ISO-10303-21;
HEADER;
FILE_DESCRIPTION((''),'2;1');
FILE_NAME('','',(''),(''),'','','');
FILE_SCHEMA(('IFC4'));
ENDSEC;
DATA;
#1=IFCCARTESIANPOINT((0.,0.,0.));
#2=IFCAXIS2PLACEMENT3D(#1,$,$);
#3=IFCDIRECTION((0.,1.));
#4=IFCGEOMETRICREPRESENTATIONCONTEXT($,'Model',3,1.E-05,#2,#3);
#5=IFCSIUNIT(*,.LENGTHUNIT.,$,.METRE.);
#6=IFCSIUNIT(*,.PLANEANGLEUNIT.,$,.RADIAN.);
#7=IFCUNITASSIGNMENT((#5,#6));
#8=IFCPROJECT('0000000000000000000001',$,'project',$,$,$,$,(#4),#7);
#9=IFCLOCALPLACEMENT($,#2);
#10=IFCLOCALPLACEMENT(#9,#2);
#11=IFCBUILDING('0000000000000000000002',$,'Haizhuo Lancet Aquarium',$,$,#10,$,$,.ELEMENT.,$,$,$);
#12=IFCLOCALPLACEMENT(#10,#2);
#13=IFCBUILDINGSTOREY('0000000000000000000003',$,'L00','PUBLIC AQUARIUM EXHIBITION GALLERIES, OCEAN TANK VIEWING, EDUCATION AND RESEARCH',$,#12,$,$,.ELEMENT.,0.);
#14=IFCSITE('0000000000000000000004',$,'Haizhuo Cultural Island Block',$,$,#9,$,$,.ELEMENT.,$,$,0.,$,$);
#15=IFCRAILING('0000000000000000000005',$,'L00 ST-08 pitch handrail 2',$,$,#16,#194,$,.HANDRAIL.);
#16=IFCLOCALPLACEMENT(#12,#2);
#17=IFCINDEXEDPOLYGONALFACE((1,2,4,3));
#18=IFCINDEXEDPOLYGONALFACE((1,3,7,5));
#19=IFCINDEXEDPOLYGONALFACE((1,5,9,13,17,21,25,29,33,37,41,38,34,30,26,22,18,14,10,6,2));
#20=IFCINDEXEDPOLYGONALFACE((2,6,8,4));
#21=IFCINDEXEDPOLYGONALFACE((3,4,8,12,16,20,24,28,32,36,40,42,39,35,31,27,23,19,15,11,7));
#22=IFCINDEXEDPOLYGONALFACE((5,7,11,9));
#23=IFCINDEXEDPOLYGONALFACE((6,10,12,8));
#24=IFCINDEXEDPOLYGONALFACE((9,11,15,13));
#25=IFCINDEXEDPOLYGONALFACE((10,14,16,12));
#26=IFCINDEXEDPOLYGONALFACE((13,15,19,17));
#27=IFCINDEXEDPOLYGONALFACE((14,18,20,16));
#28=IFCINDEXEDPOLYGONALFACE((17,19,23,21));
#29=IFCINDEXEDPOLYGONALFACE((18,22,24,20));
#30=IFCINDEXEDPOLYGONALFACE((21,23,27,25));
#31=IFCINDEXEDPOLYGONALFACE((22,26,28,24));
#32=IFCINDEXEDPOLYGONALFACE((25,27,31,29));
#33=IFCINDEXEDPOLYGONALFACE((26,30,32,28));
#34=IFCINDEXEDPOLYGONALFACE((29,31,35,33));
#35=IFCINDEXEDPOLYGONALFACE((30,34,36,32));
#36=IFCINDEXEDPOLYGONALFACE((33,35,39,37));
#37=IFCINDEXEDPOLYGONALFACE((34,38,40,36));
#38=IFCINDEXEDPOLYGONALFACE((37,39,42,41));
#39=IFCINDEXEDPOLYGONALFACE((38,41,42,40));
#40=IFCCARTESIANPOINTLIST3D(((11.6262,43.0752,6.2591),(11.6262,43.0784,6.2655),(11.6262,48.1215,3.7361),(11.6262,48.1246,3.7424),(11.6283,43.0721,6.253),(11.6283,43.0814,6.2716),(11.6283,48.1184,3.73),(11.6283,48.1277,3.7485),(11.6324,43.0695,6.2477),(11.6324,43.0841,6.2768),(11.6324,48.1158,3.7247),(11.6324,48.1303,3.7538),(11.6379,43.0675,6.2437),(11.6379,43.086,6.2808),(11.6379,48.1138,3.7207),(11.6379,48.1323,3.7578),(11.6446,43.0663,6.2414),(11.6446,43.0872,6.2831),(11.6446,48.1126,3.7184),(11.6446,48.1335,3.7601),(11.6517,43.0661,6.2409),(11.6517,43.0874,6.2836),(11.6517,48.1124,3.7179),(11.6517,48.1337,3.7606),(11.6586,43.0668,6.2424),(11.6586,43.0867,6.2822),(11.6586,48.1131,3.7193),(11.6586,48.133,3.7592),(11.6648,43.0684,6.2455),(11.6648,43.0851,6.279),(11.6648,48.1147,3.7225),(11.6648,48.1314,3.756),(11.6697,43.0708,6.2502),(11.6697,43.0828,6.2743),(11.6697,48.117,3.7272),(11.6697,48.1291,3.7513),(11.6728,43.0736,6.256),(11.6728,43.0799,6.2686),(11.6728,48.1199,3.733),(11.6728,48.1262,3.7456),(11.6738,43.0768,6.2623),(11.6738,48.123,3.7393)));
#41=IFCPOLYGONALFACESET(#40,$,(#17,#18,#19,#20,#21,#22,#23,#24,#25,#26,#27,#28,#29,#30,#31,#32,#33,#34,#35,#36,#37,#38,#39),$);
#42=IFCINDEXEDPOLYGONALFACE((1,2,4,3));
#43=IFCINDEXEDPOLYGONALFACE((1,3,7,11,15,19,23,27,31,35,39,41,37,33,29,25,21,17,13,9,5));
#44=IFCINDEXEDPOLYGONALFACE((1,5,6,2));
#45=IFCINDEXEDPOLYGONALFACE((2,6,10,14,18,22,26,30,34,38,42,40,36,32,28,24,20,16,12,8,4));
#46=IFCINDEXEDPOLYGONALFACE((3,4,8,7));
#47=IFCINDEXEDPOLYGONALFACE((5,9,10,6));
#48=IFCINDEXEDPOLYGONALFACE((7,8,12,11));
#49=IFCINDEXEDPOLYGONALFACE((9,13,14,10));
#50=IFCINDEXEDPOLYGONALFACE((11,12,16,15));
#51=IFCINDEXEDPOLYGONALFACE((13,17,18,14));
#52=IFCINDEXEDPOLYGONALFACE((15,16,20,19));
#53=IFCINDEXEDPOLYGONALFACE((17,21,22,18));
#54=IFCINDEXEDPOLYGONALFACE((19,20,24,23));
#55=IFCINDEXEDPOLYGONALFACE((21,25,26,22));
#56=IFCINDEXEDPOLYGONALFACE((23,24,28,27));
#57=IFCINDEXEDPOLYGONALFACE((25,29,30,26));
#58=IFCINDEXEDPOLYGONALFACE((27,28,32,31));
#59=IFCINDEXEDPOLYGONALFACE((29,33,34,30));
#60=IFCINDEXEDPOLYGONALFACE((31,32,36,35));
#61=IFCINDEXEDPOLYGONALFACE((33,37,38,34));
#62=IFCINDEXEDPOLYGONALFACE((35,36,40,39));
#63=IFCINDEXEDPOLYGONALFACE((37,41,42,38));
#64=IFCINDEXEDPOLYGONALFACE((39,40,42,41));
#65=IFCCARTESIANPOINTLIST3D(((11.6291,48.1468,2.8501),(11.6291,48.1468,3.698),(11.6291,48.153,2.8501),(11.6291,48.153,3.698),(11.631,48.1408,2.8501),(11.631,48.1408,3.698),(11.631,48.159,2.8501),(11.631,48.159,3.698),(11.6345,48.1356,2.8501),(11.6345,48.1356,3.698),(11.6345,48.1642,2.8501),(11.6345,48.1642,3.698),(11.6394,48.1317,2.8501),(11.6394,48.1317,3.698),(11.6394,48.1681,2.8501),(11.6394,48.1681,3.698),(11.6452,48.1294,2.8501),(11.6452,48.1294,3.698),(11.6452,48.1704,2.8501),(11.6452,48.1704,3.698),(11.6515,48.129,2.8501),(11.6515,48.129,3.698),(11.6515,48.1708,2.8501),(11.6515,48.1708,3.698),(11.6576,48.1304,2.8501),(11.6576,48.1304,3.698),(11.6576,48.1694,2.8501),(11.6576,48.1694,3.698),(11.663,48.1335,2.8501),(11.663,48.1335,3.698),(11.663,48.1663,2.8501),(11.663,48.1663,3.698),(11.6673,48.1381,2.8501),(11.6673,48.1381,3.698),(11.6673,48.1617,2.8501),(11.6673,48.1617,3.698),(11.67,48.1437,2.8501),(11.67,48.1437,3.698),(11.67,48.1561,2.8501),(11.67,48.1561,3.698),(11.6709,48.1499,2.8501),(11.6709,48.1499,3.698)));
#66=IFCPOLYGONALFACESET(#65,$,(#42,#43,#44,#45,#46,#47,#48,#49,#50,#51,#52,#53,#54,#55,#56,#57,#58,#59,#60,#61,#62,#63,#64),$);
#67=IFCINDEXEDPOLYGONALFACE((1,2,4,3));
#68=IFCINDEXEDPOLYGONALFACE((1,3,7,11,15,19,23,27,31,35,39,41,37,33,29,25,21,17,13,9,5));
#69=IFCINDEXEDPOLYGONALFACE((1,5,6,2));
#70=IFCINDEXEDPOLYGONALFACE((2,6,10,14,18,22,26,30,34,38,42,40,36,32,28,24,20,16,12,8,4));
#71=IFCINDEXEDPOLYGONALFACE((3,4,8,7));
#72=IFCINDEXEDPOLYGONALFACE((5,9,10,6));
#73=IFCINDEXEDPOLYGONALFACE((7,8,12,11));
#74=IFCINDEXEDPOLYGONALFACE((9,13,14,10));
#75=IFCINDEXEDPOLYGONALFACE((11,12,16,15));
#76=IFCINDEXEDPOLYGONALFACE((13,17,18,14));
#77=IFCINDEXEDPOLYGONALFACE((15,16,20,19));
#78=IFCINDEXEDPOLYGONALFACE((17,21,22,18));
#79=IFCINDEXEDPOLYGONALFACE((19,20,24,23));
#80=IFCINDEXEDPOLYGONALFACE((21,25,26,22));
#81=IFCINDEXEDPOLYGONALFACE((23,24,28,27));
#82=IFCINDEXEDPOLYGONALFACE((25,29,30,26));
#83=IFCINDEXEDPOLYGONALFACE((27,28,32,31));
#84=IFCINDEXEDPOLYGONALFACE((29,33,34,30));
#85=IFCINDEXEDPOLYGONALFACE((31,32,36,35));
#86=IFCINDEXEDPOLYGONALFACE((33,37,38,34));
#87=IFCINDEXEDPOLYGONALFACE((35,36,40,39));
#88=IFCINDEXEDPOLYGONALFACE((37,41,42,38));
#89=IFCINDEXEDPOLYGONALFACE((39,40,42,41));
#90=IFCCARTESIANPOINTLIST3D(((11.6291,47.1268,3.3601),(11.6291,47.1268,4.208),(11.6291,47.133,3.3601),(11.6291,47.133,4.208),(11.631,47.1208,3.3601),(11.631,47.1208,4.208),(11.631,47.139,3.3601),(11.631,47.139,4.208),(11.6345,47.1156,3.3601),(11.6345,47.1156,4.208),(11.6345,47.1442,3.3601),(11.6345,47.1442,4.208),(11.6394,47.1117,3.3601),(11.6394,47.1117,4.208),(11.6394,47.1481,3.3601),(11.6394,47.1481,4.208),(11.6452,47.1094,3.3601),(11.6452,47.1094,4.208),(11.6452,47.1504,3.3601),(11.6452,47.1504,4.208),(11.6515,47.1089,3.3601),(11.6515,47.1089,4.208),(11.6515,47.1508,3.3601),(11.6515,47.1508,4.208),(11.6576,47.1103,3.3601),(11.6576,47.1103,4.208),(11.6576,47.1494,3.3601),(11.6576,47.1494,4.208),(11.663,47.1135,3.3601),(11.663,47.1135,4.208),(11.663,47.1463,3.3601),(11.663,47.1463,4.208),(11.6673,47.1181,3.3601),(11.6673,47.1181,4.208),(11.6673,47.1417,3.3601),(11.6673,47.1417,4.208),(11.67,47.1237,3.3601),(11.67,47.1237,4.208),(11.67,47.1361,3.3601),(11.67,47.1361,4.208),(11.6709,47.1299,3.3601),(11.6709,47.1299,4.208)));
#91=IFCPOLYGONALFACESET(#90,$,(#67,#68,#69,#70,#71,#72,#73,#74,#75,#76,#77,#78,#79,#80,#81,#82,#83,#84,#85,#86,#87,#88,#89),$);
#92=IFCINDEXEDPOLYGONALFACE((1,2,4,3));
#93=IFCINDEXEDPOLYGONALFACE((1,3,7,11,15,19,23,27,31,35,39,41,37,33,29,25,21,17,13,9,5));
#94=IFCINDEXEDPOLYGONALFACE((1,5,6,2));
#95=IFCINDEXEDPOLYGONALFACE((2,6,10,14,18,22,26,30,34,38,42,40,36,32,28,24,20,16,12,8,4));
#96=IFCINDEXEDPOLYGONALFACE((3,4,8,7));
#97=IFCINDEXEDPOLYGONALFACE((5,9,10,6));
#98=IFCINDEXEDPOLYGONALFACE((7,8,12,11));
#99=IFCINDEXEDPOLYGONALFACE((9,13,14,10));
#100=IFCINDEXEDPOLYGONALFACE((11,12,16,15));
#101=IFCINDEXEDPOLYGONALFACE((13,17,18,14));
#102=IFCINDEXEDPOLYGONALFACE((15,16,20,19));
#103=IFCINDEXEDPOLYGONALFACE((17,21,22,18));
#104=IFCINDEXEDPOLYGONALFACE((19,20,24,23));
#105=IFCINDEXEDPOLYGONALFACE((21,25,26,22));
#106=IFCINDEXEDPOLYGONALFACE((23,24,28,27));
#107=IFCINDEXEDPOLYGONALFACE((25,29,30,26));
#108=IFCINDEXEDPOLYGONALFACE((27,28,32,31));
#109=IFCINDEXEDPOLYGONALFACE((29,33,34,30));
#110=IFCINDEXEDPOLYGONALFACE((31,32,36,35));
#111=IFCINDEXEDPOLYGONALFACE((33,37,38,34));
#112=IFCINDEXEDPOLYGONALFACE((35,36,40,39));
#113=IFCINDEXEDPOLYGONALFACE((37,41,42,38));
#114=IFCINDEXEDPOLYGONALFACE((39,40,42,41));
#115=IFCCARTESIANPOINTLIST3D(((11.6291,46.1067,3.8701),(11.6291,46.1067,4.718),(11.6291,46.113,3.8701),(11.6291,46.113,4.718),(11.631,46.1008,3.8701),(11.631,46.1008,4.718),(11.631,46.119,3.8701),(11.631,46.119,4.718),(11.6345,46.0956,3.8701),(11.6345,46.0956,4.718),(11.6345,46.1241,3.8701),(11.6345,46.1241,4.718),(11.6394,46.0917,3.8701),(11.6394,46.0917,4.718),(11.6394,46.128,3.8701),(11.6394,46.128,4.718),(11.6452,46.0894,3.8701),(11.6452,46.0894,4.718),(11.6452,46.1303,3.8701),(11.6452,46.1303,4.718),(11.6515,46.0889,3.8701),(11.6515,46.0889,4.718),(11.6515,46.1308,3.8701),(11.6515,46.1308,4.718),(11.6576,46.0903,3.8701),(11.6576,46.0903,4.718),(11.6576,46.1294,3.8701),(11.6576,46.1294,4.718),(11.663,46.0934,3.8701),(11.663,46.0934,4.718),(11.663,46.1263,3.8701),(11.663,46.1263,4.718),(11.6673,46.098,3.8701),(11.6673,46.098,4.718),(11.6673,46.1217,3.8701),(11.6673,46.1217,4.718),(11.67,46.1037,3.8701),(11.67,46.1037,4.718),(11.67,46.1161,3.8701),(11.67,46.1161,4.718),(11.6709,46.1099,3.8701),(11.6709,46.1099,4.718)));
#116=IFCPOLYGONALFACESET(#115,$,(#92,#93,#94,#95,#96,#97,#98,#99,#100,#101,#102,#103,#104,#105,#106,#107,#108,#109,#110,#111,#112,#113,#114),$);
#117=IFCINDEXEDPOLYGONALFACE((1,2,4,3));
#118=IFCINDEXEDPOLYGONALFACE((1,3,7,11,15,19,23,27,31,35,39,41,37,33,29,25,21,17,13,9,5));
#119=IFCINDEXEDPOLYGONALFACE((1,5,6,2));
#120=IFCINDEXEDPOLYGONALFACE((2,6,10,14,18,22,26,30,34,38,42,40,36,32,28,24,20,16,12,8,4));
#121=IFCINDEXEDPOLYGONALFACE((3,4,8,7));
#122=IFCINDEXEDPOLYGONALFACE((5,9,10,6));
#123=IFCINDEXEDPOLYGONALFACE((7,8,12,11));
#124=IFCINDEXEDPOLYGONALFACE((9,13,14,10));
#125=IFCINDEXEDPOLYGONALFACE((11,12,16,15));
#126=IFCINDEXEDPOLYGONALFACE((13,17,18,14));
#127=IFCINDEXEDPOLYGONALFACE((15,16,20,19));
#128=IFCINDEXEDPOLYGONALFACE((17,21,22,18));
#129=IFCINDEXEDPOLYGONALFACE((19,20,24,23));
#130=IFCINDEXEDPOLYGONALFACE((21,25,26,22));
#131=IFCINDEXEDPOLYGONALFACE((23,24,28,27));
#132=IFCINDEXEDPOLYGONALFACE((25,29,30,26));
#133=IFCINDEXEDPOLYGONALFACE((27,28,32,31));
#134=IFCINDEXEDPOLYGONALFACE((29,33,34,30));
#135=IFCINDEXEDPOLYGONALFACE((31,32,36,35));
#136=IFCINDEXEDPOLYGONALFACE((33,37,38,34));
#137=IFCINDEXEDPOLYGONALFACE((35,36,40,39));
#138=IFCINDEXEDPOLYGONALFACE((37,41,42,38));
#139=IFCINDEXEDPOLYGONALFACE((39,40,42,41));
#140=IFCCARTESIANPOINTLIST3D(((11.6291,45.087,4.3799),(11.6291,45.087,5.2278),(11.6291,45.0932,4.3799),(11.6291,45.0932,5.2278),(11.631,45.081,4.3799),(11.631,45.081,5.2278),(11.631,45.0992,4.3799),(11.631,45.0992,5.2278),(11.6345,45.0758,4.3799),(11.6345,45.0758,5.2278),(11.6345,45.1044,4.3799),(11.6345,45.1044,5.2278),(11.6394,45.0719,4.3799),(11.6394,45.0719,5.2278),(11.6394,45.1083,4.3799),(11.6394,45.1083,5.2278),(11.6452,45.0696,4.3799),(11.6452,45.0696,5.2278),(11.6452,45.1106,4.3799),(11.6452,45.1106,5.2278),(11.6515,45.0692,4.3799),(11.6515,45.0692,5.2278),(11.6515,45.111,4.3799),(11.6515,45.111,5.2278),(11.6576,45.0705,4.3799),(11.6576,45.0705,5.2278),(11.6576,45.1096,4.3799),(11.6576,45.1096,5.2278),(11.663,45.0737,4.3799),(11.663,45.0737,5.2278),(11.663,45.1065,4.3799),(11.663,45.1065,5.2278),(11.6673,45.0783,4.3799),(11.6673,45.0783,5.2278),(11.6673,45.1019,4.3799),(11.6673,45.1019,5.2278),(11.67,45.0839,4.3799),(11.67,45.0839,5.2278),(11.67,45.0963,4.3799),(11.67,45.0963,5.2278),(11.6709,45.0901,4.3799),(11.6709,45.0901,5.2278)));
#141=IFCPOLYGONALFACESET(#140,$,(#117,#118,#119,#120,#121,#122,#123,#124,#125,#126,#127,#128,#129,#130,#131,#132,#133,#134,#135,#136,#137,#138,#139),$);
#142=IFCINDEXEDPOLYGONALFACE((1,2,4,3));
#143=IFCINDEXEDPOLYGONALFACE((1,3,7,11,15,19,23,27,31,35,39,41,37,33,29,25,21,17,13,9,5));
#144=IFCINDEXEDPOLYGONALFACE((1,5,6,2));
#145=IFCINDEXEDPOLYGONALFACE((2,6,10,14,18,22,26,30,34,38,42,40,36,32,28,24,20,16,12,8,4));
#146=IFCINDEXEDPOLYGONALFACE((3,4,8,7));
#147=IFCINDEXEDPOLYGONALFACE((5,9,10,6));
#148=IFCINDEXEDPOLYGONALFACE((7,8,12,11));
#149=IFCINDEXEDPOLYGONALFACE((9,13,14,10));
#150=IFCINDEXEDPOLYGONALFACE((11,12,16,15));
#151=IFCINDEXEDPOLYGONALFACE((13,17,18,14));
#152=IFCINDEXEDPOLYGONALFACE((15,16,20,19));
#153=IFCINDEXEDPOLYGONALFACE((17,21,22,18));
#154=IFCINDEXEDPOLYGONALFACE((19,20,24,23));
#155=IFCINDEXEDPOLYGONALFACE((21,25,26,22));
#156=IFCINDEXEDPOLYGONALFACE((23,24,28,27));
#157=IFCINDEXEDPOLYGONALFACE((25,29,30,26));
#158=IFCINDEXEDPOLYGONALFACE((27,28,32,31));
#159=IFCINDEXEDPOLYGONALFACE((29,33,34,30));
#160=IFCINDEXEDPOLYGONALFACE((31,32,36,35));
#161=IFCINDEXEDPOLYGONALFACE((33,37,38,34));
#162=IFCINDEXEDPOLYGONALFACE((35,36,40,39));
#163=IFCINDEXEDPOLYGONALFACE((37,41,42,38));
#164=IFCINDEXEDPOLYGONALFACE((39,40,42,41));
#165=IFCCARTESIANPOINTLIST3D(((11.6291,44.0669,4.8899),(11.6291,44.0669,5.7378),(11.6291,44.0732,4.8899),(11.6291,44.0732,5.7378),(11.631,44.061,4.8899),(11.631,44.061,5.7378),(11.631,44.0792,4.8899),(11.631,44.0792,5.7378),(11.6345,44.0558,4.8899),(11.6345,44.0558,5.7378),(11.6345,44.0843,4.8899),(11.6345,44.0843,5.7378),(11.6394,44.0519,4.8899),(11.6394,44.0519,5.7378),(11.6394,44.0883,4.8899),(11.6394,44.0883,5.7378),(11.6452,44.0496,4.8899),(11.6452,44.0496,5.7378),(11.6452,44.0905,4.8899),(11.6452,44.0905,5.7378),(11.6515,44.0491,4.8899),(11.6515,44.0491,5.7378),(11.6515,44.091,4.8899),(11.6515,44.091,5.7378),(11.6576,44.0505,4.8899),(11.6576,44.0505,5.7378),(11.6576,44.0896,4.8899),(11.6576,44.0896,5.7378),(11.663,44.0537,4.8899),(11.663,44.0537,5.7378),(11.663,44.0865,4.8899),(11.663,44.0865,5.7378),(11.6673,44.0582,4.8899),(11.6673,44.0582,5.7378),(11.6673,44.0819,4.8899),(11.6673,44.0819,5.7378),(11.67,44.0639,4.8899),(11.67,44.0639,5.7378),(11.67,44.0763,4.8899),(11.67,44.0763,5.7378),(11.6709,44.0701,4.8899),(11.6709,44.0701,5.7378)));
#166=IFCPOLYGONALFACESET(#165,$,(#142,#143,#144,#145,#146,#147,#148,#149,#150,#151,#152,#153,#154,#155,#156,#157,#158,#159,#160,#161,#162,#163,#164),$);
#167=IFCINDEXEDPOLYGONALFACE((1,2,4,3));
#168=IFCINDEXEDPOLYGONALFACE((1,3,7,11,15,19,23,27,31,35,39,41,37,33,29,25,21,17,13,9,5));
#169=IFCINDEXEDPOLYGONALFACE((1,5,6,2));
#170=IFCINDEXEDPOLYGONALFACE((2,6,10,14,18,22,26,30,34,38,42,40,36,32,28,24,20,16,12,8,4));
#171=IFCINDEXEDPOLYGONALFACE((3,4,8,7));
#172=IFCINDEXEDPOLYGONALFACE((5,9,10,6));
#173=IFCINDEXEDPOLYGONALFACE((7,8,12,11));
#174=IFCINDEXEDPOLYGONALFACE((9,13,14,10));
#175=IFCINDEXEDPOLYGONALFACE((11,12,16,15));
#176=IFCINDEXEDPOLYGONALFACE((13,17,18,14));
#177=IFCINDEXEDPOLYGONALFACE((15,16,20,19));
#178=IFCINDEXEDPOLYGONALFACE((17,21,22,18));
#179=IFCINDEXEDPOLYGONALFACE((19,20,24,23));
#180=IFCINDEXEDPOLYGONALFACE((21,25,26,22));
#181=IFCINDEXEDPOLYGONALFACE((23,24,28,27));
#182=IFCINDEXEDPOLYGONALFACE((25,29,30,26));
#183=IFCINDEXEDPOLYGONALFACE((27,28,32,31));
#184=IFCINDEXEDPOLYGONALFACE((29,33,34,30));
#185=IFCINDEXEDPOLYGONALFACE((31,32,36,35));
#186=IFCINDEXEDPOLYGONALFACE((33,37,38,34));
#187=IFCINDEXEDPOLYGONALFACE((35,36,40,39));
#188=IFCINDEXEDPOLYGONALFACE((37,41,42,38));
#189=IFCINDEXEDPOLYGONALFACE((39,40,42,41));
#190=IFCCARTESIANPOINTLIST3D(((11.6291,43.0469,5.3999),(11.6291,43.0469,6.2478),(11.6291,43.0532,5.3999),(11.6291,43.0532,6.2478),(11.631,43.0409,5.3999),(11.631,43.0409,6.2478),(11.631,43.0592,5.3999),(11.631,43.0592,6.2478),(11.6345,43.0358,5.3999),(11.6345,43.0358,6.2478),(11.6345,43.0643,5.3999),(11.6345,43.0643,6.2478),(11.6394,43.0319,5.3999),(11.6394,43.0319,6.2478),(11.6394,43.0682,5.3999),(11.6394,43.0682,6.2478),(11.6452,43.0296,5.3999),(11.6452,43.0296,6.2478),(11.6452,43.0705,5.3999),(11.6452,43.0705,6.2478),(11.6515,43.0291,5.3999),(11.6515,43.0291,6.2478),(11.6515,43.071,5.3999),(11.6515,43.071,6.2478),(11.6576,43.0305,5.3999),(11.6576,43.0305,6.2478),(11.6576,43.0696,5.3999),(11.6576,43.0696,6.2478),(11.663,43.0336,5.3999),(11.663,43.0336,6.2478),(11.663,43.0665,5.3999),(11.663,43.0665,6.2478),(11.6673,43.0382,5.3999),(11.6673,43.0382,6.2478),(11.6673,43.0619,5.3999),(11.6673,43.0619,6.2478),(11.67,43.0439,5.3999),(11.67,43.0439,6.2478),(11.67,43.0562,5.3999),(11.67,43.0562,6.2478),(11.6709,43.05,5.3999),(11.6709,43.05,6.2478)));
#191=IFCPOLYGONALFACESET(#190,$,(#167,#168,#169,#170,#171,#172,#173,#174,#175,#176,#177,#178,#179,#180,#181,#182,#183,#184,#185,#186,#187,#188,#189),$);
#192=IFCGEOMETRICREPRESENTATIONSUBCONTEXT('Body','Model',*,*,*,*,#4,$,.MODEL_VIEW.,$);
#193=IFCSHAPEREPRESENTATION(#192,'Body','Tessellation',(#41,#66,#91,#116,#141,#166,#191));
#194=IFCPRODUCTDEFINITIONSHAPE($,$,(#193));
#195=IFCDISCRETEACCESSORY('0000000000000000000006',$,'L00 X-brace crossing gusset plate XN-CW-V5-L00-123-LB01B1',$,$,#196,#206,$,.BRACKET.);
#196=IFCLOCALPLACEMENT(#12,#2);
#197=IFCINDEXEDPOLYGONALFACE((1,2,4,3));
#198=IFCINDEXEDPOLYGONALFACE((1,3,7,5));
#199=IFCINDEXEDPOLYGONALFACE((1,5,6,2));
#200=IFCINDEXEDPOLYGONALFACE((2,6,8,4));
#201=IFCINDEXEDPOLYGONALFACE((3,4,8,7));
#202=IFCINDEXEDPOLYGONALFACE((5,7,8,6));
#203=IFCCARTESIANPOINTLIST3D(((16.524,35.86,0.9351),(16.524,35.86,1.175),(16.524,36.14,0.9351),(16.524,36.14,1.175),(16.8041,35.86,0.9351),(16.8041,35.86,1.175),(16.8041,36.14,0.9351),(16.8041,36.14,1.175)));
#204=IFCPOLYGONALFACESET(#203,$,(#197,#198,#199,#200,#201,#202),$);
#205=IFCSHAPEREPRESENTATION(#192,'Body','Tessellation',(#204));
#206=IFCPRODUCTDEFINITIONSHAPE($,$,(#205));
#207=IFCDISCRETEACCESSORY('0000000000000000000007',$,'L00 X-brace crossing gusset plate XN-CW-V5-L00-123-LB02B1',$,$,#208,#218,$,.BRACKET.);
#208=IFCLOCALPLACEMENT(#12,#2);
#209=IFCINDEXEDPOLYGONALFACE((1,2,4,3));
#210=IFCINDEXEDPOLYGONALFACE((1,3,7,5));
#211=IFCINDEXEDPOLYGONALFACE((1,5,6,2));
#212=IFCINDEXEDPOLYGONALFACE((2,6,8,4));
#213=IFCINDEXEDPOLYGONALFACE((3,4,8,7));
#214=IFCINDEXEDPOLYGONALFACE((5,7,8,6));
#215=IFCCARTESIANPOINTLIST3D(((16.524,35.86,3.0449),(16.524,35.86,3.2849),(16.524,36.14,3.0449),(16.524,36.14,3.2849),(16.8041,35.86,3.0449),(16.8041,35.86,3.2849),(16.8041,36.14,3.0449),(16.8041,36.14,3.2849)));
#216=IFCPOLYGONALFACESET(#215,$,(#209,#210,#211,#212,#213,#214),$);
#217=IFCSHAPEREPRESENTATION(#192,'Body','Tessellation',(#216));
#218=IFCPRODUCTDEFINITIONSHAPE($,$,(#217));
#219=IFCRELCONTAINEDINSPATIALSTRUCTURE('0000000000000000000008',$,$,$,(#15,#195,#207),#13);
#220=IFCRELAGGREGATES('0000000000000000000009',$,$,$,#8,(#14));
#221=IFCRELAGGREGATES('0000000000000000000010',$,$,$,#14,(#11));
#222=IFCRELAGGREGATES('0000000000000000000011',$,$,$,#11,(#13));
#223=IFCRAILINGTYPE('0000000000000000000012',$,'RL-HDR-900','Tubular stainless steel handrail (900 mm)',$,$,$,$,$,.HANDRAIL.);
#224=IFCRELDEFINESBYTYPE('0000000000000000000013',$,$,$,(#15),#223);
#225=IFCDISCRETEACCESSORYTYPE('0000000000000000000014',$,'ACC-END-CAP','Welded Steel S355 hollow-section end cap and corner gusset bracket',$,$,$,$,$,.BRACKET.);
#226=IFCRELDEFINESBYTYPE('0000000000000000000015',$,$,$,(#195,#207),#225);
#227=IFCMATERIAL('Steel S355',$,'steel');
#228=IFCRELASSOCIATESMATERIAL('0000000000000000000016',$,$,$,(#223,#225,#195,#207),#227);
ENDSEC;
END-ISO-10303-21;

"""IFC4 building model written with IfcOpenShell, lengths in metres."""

from ifc_helpers import new_model, si_unit, direction, frame, origin, origin_2d, place, context, subcontext, project, spatial, rectangle, circle, extrude, material, type_object, element, save


model = new_model("IFC4")

# Units and contexts
model_context = context("Model", 3, precision=1e-05, world=origin(), true_north=direction((0.0, 1.0)))
body_context = subcontext(model_context, "Body", "Model", "MODEL_VIEW")
ifc_project = project(units=[si_unit("LENGTHUNIT", "METRE"), si_unit("PLANEANGLEUNIT", "RADIAN")], contexts=[model_context])

# Site, building, storey
site_placement = place(None, origin())
site = spatial("IfcSite", under=ifc_project, at=site_placement, Name="Haizhuo Cultural Island Block", CompositionType="ELEMENT", RefElevation=0.0)
building_placement = place(site_placement, origin())
building = spatial("IfcBuilding", under=site, at=building_placement, Name="Haizhuo Lancet Aquarium", CompositionType="ELEMENT")
storey_placement = place(building_placement, origin())
storey = spatial("IfcBuildingStorey", under=building, at=storey_placement, Name="L00", Description="PUBLIC AQUARIUM EXHIBITION GALLERIES, OCEAN TANK VIEWING, EDUCATION AND RESEARCH", CompositionType="ELEMENT", Elevation=0.0)

# Shared definitions
ifc_material_1 = material(Name="Steel S355", Category="steel")

# Railing
railing_type_1 = type_object("IfcRailingType", Name="RL-HDR-900", Description="Tubular stainless steel handrail (900 mm)", PredefinedType="HANDRAIL", material=ifc_material_1)
railing_1_placement = place(storey_placement, frame((11.6499, 48.1499, 2.8501)))
element("IfcRailing", 1, at=railing_1_placement, inside=storey, type_object=railing_type_1, Name="L00 ST-08 pitch handrail 2", PredefinedType="HANDRAIL", context=body_context, shape_type="SweptSolid", body=[
    extrude(circle(Radius=0.0239, at=origin_2d()), frame((0.0, -0.0269, 0.8892), z_axis=(0.0, -0.894436, 0.447196), x_axis=(1.0, 0.0, 0.0)), (0.0, 0.0, 1.0), 5.6418),
    extrude(circle(Radius=0.021, at=origin_2d()), origin(), (0.0, 0.0, 1.0), 0.8479),
    extrude(circle(Radius=0.021, at=origin_2d()), frame((0.0, -1.02, 0.51)), (0.0, 0.0, 1.0), 0.8479),
    extrude(circle(Radius=0.021, at=origin_2d()), frame((0.0, -2.04, 1.02)), (0.0, 0.0, 1.0), 0.8479),
    extrude(circle(Radius=0.021, at=origin_2d()), frame((0.0, -3.0598, 1.5298)), (0.0, 0.0, 1.0), 0.8479),
    extrude(circle(Radius=0.021, at=origin_2d()), frame((0.0, -4.0798, 2.0398)), (0.0, 0.0, 1.0), 0.8479),
    extrude(circle(Radius=0.021, at=origin_2d()), frame((0.0, -5.0999, 2.5498)), (0.0, 0.0, 1.0), 0.8479),
])

# Discrete accessories
discrete_accessory_type = type_object("IfcDiscreteAccessoryType", Name="ACC-END-CAP", Description="Welded Steel S355 hollow-section end cap and corner gusset bracket", PredefinedType="BRACKET", material=ifc_material_1)
for number, where, z_axis, x_axis, name in (
    (2, (16.6641, 36.0, 0.9351), (0.0, 0.0, 1.0), (1.0, 0.0, 0.0), "L00 X-brace crossing gusset plate XN-CW-V5-L00-123-LB01B1"),
    (3, (16.6641, 36.0, 3.0449), (0.0, 0.0, 1.0), (1.0, 0.0, 0.0), "L00 X-brace crossing gusset plate XN-CW-V5-L00-123-LB02B1"),
):
    element("IfcDiscreteAccessory", number, at=place(storey_placement, frame(where, z_axis=z_axis, x_axis=x_axis)), inside=storey, type_object=discrete_accessory_type, material=ifc_material_1, Name=name, PredefinedType="BRACKET", context=body_context, shape_type="SweptSolid", body=[
        extrude(rectangle(XDim=0.28, YDim=0.28, at=origin_2d()), origin(), (0.0, 0.0, 1.0), 0.24),
    ])

save(model, "model.ifc")
